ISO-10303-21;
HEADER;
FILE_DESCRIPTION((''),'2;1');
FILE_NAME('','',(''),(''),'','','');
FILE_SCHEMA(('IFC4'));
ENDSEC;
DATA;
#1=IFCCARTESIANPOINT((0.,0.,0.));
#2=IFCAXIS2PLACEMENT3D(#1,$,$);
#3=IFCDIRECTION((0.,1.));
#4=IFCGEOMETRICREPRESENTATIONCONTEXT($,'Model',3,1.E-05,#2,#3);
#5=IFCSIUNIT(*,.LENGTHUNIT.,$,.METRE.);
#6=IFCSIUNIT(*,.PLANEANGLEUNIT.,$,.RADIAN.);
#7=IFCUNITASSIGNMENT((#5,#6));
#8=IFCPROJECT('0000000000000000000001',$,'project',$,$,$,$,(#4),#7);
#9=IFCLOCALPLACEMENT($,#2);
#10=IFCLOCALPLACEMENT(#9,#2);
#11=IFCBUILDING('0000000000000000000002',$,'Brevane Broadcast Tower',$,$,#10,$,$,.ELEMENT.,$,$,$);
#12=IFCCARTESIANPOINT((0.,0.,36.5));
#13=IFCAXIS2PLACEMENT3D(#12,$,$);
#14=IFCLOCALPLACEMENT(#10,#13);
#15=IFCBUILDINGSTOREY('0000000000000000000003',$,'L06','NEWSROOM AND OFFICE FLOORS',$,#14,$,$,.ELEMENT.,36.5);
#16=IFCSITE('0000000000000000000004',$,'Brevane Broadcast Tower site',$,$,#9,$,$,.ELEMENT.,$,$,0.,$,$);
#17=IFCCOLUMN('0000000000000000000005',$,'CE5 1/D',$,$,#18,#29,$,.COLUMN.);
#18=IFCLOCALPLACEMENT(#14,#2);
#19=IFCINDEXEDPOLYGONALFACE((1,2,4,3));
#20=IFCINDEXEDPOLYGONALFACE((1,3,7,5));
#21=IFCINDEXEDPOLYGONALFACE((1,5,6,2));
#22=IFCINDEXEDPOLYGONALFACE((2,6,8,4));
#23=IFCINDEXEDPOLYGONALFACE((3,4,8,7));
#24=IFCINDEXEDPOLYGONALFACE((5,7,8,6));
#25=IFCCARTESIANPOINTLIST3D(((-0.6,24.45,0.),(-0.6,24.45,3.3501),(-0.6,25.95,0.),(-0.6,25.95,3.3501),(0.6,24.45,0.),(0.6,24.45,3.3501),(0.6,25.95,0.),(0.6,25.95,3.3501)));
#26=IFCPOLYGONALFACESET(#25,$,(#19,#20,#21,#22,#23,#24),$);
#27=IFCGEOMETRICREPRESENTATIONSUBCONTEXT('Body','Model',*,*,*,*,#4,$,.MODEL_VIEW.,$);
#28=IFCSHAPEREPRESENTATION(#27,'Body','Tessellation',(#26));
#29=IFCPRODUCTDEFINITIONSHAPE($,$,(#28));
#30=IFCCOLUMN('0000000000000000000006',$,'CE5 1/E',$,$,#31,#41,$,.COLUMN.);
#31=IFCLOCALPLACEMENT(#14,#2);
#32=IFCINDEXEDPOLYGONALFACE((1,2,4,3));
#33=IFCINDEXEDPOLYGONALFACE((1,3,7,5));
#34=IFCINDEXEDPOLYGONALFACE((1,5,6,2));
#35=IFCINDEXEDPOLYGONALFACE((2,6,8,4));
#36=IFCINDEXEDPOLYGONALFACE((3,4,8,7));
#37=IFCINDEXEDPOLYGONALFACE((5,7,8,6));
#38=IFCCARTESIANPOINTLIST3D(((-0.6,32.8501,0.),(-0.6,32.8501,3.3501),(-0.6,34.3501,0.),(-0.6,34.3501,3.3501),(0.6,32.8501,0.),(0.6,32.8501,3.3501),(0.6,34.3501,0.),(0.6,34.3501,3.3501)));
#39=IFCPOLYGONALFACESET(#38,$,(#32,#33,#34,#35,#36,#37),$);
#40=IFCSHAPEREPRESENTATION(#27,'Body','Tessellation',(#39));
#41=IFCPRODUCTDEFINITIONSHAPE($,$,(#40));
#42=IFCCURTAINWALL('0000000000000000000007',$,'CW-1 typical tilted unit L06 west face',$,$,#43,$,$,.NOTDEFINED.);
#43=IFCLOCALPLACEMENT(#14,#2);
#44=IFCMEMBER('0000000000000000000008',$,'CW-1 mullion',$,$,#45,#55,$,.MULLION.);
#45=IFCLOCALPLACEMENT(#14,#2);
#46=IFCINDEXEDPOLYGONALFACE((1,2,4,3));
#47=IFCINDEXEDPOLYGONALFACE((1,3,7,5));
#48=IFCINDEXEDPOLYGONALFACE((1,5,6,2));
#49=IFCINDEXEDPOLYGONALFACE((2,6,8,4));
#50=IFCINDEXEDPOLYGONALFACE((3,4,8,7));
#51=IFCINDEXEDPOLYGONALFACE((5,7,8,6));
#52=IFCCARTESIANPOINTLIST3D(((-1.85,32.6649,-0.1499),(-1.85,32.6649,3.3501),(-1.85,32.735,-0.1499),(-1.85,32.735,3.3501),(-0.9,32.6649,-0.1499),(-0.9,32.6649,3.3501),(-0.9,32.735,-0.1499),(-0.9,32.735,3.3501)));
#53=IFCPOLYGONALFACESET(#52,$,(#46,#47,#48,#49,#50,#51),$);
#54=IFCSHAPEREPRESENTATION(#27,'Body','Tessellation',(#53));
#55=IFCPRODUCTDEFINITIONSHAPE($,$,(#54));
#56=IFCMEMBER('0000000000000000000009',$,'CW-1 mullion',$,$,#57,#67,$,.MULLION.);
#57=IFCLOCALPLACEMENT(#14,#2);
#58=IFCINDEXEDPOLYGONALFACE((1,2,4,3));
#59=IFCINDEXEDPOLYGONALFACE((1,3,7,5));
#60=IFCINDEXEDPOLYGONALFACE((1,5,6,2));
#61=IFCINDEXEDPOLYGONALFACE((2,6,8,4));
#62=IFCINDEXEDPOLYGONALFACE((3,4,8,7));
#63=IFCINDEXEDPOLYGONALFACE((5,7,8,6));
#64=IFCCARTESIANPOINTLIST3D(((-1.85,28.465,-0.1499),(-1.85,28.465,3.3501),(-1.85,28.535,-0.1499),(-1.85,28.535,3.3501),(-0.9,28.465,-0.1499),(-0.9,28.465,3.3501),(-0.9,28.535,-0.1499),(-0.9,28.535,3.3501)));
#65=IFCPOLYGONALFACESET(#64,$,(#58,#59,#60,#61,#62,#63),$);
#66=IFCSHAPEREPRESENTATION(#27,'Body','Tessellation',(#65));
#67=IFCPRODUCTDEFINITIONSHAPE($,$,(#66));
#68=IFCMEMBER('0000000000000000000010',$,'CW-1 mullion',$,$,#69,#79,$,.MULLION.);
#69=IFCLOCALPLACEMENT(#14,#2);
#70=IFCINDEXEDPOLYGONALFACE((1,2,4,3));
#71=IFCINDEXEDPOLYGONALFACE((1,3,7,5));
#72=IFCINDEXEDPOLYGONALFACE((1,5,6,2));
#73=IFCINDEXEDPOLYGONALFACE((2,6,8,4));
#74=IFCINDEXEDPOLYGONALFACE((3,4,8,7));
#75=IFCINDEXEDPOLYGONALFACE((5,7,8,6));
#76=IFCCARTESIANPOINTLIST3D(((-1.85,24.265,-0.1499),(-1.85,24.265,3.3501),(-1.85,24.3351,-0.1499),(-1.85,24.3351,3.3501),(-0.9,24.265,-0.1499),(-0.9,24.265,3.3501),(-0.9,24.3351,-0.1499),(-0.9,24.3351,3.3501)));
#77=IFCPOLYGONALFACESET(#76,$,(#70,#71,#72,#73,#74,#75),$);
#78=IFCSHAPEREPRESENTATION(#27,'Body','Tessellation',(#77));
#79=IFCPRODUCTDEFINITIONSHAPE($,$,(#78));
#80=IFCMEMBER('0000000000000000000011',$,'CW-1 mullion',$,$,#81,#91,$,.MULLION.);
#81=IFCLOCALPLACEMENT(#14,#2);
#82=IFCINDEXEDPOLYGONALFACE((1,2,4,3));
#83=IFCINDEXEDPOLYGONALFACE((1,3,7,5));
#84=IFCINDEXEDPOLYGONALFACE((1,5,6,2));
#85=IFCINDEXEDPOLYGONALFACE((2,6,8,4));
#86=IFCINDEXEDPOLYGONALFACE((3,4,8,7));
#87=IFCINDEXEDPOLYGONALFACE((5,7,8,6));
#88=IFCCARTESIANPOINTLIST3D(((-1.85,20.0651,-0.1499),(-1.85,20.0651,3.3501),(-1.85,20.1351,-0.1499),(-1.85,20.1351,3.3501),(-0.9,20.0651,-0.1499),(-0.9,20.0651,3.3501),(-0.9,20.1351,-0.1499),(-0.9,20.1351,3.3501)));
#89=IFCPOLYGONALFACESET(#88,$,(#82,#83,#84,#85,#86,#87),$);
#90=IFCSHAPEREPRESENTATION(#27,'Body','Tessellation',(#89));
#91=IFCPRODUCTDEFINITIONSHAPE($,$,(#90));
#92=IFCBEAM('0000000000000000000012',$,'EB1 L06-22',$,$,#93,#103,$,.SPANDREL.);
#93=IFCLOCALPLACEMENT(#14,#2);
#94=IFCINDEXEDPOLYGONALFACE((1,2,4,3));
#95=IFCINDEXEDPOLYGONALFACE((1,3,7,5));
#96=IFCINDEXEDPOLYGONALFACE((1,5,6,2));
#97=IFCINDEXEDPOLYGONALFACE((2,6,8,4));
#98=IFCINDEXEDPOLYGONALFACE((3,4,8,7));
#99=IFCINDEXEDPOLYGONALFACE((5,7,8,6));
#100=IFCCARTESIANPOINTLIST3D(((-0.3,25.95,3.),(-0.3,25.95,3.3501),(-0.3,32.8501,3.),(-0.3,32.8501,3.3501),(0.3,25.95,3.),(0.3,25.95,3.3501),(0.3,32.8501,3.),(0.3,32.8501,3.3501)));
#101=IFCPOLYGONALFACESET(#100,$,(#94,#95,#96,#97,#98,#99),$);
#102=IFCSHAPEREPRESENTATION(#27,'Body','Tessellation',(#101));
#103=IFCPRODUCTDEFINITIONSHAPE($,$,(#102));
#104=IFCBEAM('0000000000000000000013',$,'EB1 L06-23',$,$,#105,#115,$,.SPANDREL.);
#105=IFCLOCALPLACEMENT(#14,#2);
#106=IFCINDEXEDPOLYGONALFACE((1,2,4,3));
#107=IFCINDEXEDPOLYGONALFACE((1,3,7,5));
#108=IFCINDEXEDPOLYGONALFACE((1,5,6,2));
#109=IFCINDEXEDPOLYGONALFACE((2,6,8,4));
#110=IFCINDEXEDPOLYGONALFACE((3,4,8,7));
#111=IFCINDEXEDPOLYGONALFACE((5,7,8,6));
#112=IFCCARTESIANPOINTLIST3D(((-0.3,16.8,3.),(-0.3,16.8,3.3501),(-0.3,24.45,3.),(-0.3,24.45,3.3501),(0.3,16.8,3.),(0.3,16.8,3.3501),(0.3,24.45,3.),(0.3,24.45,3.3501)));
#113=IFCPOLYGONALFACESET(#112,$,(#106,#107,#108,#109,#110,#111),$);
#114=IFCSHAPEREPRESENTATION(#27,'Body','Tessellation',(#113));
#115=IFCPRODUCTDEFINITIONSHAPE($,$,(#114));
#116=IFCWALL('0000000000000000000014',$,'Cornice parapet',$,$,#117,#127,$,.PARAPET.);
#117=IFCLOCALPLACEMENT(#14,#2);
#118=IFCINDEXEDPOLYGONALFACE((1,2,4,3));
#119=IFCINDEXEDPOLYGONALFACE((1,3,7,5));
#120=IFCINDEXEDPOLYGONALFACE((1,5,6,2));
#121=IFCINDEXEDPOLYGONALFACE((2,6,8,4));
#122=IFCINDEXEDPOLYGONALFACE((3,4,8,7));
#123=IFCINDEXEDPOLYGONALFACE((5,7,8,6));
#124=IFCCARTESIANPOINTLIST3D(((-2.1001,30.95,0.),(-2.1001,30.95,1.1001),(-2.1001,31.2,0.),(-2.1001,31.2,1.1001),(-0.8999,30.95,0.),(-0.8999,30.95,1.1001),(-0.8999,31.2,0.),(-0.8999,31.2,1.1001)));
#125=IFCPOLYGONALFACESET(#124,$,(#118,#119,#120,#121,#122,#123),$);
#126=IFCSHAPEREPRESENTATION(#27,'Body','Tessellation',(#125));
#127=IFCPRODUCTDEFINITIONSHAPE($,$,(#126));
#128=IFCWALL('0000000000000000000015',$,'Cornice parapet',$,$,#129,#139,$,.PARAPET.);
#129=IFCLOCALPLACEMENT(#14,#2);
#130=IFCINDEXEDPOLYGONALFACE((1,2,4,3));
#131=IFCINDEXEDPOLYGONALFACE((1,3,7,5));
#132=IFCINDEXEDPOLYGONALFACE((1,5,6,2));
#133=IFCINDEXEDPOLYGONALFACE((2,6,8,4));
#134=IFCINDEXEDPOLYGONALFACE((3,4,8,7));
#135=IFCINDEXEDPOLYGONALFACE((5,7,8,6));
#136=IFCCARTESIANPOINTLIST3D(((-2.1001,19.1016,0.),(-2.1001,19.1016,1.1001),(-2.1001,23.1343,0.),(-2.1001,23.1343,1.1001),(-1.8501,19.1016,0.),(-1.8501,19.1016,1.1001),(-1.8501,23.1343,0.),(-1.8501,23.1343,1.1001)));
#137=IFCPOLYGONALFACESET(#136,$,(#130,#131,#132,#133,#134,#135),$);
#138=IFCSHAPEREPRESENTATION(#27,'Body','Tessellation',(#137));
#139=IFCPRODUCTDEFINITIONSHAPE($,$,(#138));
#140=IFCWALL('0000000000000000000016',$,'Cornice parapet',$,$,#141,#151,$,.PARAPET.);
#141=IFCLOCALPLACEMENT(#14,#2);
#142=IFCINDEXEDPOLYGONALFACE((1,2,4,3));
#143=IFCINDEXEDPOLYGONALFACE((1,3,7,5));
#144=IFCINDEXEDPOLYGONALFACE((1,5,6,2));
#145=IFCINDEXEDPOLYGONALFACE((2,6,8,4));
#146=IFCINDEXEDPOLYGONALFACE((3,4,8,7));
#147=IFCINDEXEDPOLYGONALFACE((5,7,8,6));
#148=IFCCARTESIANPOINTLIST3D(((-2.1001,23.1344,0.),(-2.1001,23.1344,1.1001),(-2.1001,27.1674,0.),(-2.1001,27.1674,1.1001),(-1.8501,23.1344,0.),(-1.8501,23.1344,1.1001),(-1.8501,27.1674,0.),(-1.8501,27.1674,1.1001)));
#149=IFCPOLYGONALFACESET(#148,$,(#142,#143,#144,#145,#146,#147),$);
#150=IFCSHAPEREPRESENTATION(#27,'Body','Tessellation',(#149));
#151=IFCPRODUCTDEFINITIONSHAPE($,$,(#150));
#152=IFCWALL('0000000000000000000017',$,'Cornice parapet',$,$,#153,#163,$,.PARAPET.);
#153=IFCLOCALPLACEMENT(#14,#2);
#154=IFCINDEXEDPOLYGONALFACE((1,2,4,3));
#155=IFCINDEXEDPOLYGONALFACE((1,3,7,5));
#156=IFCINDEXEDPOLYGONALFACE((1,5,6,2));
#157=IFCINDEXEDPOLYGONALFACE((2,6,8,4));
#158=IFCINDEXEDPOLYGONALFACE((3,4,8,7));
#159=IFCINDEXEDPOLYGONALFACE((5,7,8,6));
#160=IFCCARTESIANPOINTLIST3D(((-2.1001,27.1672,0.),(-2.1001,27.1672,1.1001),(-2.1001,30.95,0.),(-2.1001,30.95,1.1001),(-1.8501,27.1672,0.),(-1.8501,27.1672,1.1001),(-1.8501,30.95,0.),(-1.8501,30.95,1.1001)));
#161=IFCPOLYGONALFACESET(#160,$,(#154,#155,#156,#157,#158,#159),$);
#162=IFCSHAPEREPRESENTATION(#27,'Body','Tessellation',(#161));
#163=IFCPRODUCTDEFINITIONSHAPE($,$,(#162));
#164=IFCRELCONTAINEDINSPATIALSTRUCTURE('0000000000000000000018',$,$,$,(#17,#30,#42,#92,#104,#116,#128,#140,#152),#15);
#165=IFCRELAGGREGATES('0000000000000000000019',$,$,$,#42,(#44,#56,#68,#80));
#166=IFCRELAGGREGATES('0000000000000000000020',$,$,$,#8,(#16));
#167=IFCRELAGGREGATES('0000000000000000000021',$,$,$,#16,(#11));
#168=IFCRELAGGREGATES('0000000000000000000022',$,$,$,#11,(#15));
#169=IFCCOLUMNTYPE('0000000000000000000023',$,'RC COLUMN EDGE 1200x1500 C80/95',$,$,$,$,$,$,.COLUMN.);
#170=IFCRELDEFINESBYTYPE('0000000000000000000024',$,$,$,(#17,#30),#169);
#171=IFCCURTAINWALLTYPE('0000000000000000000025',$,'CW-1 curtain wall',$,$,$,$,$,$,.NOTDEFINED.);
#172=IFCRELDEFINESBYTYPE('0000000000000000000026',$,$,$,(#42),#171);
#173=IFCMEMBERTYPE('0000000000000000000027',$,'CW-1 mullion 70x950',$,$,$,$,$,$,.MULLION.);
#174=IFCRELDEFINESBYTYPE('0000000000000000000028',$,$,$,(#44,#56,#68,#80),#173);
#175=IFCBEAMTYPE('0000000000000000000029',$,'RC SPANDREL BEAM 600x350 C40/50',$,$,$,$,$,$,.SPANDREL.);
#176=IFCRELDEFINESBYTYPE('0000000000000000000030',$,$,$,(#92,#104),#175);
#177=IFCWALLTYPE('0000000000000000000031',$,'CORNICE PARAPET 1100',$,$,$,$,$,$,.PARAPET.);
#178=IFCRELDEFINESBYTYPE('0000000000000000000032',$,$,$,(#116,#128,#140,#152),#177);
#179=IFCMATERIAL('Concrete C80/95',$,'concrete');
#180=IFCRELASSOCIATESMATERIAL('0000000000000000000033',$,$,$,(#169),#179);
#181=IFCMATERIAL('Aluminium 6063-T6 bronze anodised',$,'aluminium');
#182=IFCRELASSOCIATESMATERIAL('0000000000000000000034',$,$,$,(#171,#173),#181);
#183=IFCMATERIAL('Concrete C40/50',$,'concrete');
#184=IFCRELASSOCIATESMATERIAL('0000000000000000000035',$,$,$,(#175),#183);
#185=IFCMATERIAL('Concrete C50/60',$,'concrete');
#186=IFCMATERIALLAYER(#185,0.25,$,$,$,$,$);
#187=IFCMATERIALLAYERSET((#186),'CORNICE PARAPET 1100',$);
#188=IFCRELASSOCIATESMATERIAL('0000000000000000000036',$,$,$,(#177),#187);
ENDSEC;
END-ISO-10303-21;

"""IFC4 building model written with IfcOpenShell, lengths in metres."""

from ifc_helpers import new_model, si_unit, direction, frame, frame_2d, origin, origin_2d, place, context, subcontext, project, spatial, rectangle, extrude, material, layer, layer_set, material_profile, profile_set, type_object, element, aggregate, save


model = new_model("IFC4")

# Units and contexts
model_context = context("Model", 3, precision=1e-05, world=origin(), true_north=direction((0.0, 1.0)))
body_context = subcontext(model_context, "Body", "Model", "MODEL_VIEW")
ifc_project = project(units=[si_unit("LENGTHUNIT", "METRE"), si_unit("PLANEANGLEUNIT", "RADIAN")], contexts=[model_context])

# Site, building, storey
site_placement = place(None, origin())
site = spatial("IfcSite", under=ifc_project, at=site_placement, Name="Brevane Broadcast Tower site", CompositionType="ELEMENT", RefElevation=0.0)
building_placement = place(site_placement, origin())
building = spatial("IfcBuilding", under=site, at=building_placement, Name="Brevane Broadcast Tower", CompositionType="ELEMENT")
storey_placement = place(building_placement, frame((0.0, 0.0, 36.5)))
storey = spatial("IfcBuildingStorey", under=building, at=storey_placement, Name="L06", Description="NEWSROOM AND OFFICE FLOORS", CompositionType="ELEMENT", Elevation=36.5)

# Columns
ifc_material_1 = material(Name="Concrete C80/95", Category="concrete")
ifc_material_profile_1 = material_profile(ifc_material_1, rectangle(XDim=1.2, YDim=1.5, at=origin_2d()), Name="RC 1200x1500")
ifc_profile_set_1 = profile_set([ifc_material_profile_1], Name="Concrete C80/95")
column_type = type_object("IfcColumnType", Name="RC COLUMN EDGE 1200x1500 C80/95", PredefinedType="COLUMN", material=ifc_profile_set_1)
for number, where, z_axis, x_axis, name in (
    (1, (0.0, 25.2, 0.0), (0.0, 0.0, 1.0), (1.0, 0.0, 0.0), "CE5 1/D"),
    (2, (0.0, 33.6001, 0.0), (0.0, 0.0, 1.0), (1.0, 0.0, 0.0), "CE5 1/E"),
):
    element("IfcColumn", number, at=place(storey_placement, frame(where, z_axis=z_axis, x_axis=x_axis)), inside=storey, type_object=column_type, Name=name, PredefinedType="COLUMN", context=body_context, shape_type="SweptSolid", body=[
        extrude(rectangle(XDim=1.2, YDim=1.5, at=origin_2d()), origin(), (0.0, 0.0, 1.0), 3.3501),
    ])

# Curtain wall, members
ifc_material_2 = material(Name="Aluminium 6063-T6 bronze anodised", Category="aluminium")
curtain_wall_type = type_object("IfcCurtainWallType", Name="CW-1 curtain wall", PredefinedType="NOTDEFINED", material=ifc_material_2)
curtain_wall_placement = place(storey_placement, origin())
curtain_wall = element("IfcCurtainWall", 3, at=curtain_wall_placement, inside=storey, type_object=curtain_wall_type, Name="CW-1 typical tilted unit L06 west face", PredefinedType="NOTDEFINED")
ifc_material_profile_2 = material_profile(ifc_material_2, rectangle(XDim=0.95, YDim=0.0701, at=origin_2d()), Name="RECT 70x950")
ifc_profile_set_2 = profile_set([ifc_material_profile_2], Name="Aluminium 6063-T6 bronze anodised")
member_type = type_object("IfcMemberType", Name="CW-1 mullion 70x950", PredefinedType="MULLION", material=ifc_profile_set_2)
member_1_placement = place(storey_placement, frame((-1.375, 32.7, -0.1499), z_axis=(0.0, 0.0, 1.0), x_axis=(1.0, 0.0, 0.0)))
member_1 = element("IfcMember", 4, at=member_1_placement, type_object=member_type, Name="CW-1 mullion", PredefinedType="MULLION", context=body_context, shape_type="SweptSolid", body=[
    extrude(rectangle(XDim=0.95, YDim=0.0701, at=origin_2d()), origin(), (0.0, 0.0, 1.0), 3.5),
])
member_2_placement = place(storey_placement, frame((-1.375, 28.5, -0.1499), z_axis=(0.0, 0.0, 1.0), x_axis=(1.0, 0.0, 0.0)))
member_2 = element("IfcMember", 5, at=member_2_placement, type_object=member_type, Name="CW-1 mullion", PredefinedType="MULLION", context=body_context, shape_type="SweptSolid", body=[
    extrude(rectangle(XDim=0.95, YDim=0.0701, at=origin_2d()), origin(), (0.0, 0.0, 1.0), 3.5),
])
member_3_placement = place(storey_placement, frame((-1.375, 24.3, -0.1499), z_axis=(0.0, 0.0, 1.0), x_axis=(1.0, 0.0, 0.0)))
member_3 = element("IfcMember", 6, at=member_3_placement, type_object=member_type, Name="CW-1 mullion", PredefinedType="MULLION", context=body_context, shape_type="SweptSolid", body=[
    extrude(rectangle(XDim=0.95, YDim=0.0701, at=origin_2d()), origin(), (0.0, 0.0, 1.0), 3.5),
])
member_4_placement = place(storey_placement, frame((-1.375, 20.1001, -0.1499), z_axis=(0.0, 0.0, 1.0), x_axis=(1.0, 0.0, 0.0)))
member_4 = element("IfcMember", 7, at=member_4_placement, type_object=member_type, Name="CW-1 mullion", PredefinedType="MULLION", context=body_context, shape_type="SweptSolid", body=[
    extrude(rectangle(XDim=0.95, YDim=0.0701, at=origin_2d()), origin(), (0.0, 0.0, 1.0), 3.5),
])
aggregate(curtain_wall, [member_1, member_2, member_3, member_4])

# Beams
ifc_material_3 = material(Name="Concrete C40/50", Category="concrete")
ifc_material_profile_3 = material_profile(ifc_material_3, rectangle(XDim=0.6001, YDim=0.3501, at=origin_2d()), Name="RC 600x350")
ifc_profile_set_3 = profile_set([ifc_material_profile_3], Name="Concrete C40/50")
beam_type = type_object("IfcBeamType", Name="RC SPANDREL BEAM 600x350 C40/50", PredefinedType="SPANDREL", material=ifc_profile_set_3)
beam_1_placement = place(storey_placement, frame((0.0, 32.8501, 3.175), z_axis=(0.0, -1.0, 0.0), x_axis=(1.0, 0.0, 0.0)))
element("IfcBeam", 8, at=beam_1_placement, inside=storey, type_object=beam_type, Name="EB1 L06-22", PredefinedType="SPANDREL", context=body_context, shape_type="SweptSolid", body=[
    extrude(rectangle(XDim=0.6001, YDim=0.3501, at=origin_2d()), origin(), (0.0, 0.0, 1.0), 6.9001),
])
beam_2_placement = place(storey_placement, frame((0.0, 24.45, 3.175), z_axis=(0.0, -1.0, 0.0), x_axis=(1.0, 0.0, 0.0)))
element("IfcBeam", 9, at=beam_2_placement, inside=storey, type_object=beam_type, Name="EB1 L06-23", PredefinedType="SPANDREL", context=body_context, shape_type="SweptSolid", body=[
    extrude(rectangle(XDim=0.6001, YDim=0.3501, at=origin_2d()), origin(), (0.0, 0.0, 1.0), 7.6499),
])

# Walls
ifc_material_4 = material(Name="Concrete C50/60", Category="concrete")
ifc_layer_1 = layer(ifc_material_4, 0.25)
ifc_layer_set_1 = layer_set([ifc_layer_1], Name="CORNICE PARAPET 1100")
wall_type_1 = type_object("IfcWallType", Name="CORNICE PARAPET 1100", PredefinedType="PARAPET", material=ifc_layer_set_1)
wall_1_placement = place(storey_placement, frame((-2.1001, 31.075, 0.0), z_axis=(0.0, 0.0, 1.0), x_axis=(1.0, 0.0, 0.0)))
element("IfcWall", 10, at=wall_1_placement, inside=storey, type_object=wall_type_1, Name="Cornice parapet", PredefinedType="PARAPET", context=body_context, shape_type="SweptSolid", body=[
    extrude(rectangle(XDim=1.2002, YDim=0.25, at=frame_2d((0.6001, 0.0))), origin(), (0.0, 0.0, 1.0), 1.1001),
])
wall_2_placement = place(storey_placement, frame((-1.9751, 19.1016, 0.0), z_axis=(0.0, 0.0, 1.0), x_axis=(0.0, 1.0, 0.0)))
element("IfcWall", 11, at=wall_2_placement, inside=storey, type_object=wall_type_1, Name="Cornice parapet", PredefinedType="PARAPET", context=body_context, shape_type="SweptSolid", body=[
    extrude(rectangle(XDim=4.0327, YDim=0.25, at=frame_2d((2.0164, 0.0))), origin(), (0.0, 0.0, 1.0), 1.1001),
])
wall_3_placement = place(storey_placement, frame((-1.9751, 23.1343, 0.0), z_axis=(0.0, 0.0, 1.0), x_axis=(0.0, 1.0, 0.0)))
element("IfcWall", 12, at=wall_3_placement, inside=storey, type_object=wall_type_1, Name="Cornice parapet", PredefinedType="PARAPET", context=body_context, shape_type="SweptSolid", body=[
    extrude(rectangle(XDim=4.033, YDim=0.25, at=frame_2d((2.0166, 0.0))), origin(), (0.0, 0.0, 1.0), 1.1001),
])
wall_4_placement = place(storey_placement, frame((-1.9751, 27.1672, 0.0), z_axis=(0.0, 0.0, 1.0), x_axis=(0.0, 1.0, 0.0)))
element("IfcWall", 13, at=wall_4_placement, inside=storey, type_object=wall_type_1, Name="Cornice parapet", PredefinedType="PARAPET", context=body_context, shape_type="SweptSolid", body=[
    extrude(rectangle(XDim=3.7827, YDim=0.25, at=frame_2d((1.8914, 0.0))), origin(), (0.0, 0.0, 1.0), 1.1001),
])

save(model, "model.ifc")
